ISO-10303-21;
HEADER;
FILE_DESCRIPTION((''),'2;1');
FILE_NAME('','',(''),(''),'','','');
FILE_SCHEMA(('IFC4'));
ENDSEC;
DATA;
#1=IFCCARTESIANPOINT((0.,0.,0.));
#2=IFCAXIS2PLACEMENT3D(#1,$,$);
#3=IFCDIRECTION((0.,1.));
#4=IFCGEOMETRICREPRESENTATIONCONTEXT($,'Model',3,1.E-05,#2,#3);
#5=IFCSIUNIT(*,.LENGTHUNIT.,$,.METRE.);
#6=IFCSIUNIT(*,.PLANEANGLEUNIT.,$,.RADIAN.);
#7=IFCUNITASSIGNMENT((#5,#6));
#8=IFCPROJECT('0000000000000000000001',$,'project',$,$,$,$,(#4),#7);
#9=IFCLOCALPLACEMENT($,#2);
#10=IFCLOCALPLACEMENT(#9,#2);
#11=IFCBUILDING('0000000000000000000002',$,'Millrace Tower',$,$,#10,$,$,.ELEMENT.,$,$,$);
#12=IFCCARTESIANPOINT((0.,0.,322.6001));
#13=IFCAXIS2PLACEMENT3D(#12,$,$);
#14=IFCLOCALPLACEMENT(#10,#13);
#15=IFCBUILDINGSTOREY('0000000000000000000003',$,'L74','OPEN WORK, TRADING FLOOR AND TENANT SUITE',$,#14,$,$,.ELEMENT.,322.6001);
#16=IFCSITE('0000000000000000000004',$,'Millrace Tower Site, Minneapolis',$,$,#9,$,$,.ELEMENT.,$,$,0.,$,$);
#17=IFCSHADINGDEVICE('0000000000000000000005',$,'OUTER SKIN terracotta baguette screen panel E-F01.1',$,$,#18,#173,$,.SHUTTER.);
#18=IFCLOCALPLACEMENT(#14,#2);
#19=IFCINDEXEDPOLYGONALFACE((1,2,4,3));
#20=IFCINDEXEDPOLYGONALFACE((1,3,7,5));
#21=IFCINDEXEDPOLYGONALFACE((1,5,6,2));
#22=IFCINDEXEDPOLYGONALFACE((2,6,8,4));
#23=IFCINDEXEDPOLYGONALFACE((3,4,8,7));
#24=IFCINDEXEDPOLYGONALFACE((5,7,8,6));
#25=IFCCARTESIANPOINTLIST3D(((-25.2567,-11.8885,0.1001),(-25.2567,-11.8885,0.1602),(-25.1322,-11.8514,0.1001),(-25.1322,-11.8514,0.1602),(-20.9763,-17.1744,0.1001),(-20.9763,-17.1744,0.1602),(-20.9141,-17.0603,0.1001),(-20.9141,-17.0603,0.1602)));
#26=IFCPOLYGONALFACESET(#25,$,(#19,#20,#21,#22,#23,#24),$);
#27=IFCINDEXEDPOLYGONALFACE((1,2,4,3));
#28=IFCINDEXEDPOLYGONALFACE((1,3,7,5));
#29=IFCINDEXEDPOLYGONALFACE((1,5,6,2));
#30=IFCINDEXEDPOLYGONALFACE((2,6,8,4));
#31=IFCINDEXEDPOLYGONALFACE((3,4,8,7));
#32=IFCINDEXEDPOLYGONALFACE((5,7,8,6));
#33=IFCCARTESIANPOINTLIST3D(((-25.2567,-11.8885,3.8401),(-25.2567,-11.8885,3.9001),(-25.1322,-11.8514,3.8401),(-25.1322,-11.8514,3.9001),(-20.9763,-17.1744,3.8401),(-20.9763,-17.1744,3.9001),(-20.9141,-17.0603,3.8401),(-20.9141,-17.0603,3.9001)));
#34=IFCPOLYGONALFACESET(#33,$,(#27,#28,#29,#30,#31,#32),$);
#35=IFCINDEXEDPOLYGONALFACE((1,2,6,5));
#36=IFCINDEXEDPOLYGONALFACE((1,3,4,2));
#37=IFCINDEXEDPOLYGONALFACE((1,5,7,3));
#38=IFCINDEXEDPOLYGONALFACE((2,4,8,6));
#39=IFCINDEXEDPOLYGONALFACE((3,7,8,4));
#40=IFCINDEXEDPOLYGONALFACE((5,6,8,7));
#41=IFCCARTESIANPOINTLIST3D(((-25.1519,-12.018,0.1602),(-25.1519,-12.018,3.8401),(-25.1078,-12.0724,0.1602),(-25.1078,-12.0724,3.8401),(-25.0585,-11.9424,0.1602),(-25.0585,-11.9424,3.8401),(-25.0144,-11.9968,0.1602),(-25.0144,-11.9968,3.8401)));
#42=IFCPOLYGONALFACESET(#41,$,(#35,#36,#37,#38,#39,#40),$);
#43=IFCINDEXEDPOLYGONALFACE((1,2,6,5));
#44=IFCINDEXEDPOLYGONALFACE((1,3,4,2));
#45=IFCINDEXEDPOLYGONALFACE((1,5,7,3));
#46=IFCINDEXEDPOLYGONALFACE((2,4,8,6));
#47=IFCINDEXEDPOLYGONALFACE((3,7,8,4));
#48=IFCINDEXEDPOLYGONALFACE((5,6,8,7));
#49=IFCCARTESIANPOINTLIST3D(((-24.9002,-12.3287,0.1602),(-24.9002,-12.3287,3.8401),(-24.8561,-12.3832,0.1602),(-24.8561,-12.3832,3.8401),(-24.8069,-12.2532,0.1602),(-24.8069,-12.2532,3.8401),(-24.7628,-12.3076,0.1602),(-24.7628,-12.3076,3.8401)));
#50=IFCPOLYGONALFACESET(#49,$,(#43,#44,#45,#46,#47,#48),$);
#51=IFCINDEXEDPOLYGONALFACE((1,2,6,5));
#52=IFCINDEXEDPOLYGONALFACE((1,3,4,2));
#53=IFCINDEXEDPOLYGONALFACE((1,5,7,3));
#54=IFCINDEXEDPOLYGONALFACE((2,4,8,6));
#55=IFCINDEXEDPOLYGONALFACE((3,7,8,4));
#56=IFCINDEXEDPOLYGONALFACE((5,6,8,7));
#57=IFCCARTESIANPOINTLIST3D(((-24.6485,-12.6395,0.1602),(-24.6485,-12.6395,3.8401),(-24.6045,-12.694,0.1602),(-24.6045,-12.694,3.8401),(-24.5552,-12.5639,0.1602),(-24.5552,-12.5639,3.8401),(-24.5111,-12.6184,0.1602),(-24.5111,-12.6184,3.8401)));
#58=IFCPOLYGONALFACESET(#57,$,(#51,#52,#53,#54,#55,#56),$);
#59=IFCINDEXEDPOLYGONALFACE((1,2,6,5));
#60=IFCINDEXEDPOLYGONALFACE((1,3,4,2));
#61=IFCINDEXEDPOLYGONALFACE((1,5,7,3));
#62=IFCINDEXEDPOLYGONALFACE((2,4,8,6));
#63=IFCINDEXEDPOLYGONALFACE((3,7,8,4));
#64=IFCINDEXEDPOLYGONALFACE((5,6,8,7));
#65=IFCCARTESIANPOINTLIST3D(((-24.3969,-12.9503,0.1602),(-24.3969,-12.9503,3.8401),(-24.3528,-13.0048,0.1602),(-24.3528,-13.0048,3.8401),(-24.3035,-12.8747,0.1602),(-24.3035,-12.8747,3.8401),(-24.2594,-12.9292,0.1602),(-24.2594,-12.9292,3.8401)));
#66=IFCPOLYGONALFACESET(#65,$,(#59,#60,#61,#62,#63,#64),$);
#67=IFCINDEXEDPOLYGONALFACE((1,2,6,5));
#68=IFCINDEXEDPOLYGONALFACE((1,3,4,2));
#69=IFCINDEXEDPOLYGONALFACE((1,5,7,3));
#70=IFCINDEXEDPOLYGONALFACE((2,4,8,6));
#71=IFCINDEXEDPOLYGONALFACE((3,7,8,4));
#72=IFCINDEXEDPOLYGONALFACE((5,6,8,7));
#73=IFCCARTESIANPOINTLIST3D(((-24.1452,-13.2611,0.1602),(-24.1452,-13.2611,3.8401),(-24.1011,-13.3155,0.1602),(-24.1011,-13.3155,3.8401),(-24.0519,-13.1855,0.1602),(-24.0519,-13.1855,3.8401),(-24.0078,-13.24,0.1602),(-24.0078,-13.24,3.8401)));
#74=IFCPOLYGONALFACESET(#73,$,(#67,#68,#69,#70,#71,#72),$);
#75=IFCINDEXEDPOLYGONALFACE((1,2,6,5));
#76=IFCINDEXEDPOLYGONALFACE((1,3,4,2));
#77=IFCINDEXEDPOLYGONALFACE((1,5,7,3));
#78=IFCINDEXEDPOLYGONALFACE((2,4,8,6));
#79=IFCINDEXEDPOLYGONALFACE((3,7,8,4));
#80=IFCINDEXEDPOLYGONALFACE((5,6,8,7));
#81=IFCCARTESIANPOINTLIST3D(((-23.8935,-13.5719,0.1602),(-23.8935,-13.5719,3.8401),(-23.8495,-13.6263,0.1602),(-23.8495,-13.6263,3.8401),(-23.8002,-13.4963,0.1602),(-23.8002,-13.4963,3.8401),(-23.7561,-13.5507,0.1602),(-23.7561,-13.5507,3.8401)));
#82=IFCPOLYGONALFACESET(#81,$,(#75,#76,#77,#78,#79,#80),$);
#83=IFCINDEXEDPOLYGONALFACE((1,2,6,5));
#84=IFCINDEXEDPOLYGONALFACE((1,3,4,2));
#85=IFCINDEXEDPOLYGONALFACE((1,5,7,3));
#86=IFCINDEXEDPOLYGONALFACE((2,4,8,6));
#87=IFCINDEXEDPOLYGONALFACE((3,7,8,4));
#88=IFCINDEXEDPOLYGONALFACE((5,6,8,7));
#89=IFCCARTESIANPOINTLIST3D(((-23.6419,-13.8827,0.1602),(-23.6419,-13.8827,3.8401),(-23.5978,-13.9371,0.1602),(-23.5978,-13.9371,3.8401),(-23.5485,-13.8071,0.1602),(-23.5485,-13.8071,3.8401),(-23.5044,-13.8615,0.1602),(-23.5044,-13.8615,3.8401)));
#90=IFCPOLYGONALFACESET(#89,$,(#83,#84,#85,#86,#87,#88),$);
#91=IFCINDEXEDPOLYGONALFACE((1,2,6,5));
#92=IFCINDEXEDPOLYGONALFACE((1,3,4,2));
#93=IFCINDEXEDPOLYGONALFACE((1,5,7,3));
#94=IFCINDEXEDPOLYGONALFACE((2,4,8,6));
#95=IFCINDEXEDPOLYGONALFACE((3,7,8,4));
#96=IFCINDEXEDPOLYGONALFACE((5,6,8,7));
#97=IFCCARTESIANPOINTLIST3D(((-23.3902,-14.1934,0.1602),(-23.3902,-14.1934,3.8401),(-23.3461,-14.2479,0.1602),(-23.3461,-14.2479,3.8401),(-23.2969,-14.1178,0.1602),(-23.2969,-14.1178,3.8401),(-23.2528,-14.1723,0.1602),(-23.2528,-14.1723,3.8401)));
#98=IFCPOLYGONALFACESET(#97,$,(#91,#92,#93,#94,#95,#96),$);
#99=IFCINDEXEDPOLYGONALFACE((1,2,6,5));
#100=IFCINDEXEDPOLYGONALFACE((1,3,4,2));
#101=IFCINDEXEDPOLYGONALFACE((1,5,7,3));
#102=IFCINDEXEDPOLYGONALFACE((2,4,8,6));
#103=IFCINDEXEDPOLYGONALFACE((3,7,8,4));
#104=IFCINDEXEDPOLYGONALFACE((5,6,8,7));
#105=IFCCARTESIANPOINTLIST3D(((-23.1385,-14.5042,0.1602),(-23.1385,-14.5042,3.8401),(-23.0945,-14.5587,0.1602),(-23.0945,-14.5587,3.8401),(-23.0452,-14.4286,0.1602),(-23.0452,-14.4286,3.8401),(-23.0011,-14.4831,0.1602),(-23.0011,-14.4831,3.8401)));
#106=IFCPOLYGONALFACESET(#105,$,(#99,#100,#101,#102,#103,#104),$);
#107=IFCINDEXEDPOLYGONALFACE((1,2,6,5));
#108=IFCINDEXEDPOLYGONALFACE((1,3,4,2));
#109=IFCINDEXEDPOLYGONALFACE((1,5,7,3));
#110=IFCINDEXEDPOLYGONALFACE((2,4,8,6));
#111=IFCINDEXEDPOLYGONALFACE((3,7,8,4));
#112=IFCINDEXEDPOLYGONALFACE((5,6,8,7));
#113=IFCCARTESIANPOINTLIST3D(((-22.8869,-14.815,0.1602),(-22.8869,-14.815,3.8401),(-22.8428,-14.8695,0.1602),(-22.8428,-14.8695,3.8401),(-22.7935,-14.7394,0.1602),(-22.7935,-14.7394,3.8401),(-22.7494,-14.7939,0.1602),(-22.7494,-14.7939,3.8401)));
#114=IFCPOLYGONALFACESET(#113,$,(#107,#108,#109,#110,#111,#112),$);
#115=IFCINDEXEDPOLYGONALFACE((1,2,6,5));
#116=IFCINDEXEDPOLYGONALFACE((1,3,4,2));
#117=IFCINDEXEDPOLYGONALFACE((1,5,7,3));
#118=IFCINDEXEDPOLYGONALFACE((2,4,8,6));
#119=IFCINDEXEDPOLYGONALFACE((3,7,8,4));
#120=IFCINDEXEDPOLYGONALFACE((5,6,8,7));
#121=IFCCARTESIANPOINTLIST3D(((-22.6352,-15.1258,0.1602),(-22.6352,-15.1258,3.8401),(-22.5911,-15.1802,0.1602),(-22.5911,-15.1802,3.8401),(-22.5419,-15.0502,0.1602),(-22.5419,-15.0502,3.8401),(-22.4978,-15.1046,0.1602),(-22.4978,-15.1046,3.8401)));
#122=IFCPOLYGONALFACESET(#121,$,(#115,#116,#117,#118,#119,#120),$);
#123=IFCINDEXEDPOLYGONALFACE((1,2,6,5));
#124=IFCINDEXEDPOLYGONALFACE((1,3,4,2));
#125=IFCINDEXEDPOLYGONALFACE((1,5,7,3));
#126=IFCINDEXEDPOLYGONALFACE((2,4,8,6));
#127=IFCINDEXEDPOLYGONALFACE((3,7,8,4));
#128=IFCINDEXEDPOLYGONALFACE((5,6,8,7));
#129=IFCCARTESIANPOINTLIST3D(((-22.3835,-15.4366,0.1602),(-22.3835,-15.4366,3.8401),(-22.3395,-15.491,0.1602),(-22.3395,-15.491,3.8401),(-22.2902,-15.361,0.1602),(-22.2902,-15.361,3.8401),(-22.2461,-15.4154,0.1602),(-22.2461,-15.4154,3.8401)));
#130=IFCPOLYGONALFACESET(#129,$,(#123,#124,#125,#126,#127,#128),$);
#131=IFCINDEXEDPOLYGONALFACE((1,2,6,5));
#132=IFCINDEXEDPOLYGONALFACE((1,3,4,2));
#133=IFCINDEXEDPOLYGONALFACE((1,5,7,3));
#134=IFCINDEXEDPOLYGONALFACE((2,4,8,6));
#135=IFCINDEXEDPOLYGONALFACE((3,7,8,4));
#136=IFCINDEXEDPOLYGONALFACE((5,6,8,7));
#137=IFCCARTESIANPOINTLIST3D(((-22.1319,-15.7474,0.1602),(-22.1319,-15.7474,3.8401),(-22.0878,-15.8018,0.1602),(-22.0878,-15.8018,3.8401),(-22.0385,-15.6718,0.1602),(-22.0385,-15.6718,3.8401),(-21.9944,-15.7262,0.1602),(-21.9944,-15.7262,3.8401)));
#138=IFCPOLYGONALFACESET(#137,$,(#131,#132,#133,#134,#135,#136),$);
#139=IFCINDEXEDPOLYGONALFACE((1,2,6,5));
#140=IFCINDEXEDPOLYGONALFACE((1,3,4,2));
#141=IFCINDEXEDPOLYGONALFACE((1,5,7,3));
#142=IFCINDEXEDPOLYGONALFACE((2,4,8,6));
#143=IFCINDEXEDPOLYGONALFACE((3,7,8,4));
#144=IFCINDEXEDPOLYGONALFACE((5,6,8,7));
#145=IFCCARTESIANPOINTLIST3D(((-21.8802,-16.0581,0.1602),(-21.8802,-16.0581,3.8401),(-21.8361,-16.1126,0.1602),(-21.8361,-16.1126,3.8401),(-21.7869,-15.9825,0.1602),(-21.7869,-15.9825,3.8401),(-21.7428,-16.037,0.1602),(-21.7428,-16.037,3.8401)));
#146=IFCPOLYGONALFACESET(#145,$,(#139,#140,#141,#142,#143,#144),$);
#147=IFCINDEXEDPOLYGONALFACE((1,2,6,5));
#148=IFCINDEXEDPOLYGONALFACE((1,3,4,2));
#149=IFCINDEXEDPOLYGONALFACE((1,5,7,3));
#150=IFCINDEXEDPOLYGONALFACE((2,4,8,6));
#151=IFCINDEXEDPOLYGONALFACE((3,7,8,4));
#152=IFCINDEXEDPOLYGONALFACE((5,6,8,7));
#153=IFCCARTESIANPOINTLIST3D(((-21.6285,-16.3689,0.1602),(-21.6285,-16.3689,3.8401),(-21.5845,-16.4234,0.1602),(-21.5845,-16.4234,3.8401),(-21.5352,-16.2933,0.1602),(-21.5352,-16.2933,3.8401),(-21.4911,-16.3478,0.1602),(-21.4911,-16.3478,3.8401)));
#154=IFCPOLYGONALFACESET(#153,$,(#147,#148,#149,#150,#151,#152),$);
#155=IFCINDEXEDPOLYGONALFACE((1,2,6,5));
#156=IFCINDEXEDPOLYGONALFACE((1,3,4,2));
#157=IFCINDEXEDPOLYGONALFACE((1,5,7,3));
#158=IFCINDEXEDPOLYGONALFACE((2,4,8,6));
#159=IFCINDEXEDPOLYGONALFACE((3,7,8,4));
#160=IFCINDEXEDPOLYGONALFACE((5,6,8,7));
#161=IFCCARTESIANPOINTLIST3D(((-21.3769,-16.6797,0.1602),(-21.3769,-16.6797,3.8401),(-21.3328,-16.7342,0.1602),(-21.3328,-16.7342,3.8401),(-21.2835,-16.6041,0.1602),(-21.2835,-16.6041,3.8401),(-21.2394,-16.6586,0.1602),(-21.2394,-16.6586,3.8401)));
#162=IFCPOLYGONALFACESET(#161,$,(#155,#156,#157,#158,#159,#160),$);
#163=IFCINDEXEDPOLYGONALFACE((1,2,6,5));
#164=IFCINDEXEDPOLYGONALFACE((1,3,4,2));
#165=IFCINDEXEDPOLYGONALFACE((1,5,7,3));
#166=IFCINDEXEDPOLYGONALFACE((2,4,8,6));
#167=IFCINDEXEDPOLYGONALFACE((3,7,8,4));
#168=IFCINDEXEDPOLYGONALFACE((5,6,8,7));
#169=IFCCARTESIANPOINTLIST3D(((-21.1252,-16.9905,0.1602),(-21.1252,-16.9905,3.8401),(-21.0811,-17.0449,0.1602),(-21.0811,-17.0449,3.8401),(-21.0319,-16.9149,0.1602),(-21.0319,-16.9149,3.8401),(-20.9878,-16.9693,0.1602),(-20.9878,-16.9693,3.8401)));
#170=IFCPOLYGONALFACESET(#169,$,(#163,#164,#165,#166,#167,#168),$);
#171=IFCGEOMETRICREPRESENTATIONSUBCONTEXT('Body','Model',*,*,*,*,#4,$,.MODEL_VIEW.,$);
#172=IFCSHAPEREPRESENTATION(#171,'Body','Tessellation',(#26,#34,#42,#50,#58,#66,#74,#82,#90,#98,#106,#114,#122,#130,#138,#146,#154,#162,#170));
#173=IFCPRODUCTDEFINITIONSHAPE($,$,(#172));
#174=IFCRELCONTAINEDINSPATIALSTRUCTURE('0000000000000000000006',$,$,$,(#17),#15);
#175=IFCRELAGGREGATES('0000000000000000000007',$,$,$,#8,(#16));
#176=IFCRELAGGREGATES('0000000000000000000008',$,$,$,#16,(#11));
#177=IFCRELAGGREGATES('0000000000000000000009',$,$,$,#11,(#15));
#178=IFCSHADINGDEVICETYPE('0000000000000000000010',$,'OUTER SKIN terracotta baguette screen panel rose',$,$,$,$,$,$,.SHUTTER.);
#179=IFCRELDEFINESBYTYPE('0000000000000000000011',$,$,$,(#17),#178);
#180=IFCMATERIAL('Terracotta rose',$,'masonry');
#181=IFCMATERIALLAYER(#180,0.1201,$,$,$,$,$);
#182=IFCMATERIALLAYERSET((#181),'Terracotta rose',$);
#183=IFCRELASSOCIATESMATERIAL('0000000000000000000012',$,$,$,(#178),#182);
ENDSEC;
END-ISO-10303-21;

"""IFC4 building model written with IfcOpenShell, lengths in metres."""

from ifc_helpers import new_model, entity, si_unit, direction, frame, frame_2d, origin, origin_2d, place, context, subcontext, project, spatial, rectangle, extrude, source, transform, mapped, material, layer, layer_set, type_object, element, save


model = new_model("IFC4")

# Units and contexts
model_context = context("Model", 3, precision=1e-05, world=origin(), true_north=direction((0.0, 1.0)))
body_context = subcontext(model_context, "Body", "Model", "MODEL_VIEW")
ifc_project = project(units=[si_unit("LENGTHUNIT", "METRE"), si_unit("PLANEANGLEUNIT", "RADIAN")], contexts=[model_context])

# Site, building, storey
site_placement = place(None, origin())
site = spatial("IfcSite", under=ifc_project, at=site_placement, Name="Millrace Tower Site, Minneapolis", CompositionType="ELEMENT", RefElevation=0.0)
building_placement = place(site_placement, origin())
building = spatial("IfcBuilding", under=site, at=building_placement, Name="Millrace Tower", CompositionType="ELEMENT")
storey_placement = place(building_placement, frame((0.0, 0.0, 322.6001)))
storey = spatial("IfcBuildingStorey", under=building, at=storey_placement, Name="L74", Description="OPEN WORK, TRADING FLOOR AND TENANT SUITE", CompositionType="ELEMENT", Elevation=322.6001)

# Shading device
ifc_material_1 = material(Name="Terracotta rose", Category="masonry")
ifc_layer_1 = layer(ifc_material_1, 0.1201)
ifc_layer_set_1 = layer_set([ifc_layer_1], Name="Terracotta rose")
shading_device_type = type_object("IfcShadingDeviceType", Name="OUTER SKIN terracotta baguette screen panel rose", PredefinedType="SHUTTER", material=ifc_layer_set_1)
cartesian_point_1 = entity("IfcCartesianPoint", [-3.3513, 0.0601])
shared_polyline_1 = entity("IfcPolyline", [cartesian_point_1, entity("IfcCartesianPoint", [3.3513, 0.0601]), entity("IfcCartesianPoint", [3.4009, -0.0601]), entity("IfcCartesianPoint", [-3.4009, -0.0601]), cartesian_point_1])
shared_shape_1 = source(origin(), body_context, "Body", "SweptSolid", [
    entity("IfcExtrudedAreaSolid", entity("IfcArbitraryClosedProfileDef", "AREA", None, shared_polyline_1), entity("IfcAxis2Placement3D", entity("IfcCartesianPoint", [0.0, 0.0, 0.0])), entity("IfcDirection", [0.0, 0.0, 1.0]), 0.0601),
    entity("IfcExtrudedAreaSolid", entity("IfcArbitraryClosedProfileDef", "AREA", None, shared_polyline_1), entity("IfcAxis2Placement3D", entity("IfcCartesianPoint", [0.0, 0.0, 3.74])), entity("IfcDirection", [0.0, 0.0, 1.0]), 0.0601),
    extrude(rectangle(XDim=0.0701, YDim=0.1201, at=frame_2d((-3.1992, 0.0))), frame((0.0, 0.0, 0.0601)), (0.0, 0.0, 1.0), 3.6799),
    extrude(rectangle(XDim=0.0701, YDim=0.1201, at=frame_2d((-2.7993, 0.0))), frame((0.0, 0.0, 0.0601)), (0.0, 0.0, 1.0), 3.6799),
    extrude(rectangle(XDim=0.0701, YDim=0.1201, at=frame_2d((-2.3994, 0.0))), frame((0.0, 0.0, 0.0601)), (0.0, 0.0, 1.0), 3.6799),
    extrude(rectangle(XDim=0.0701, YDim=0.1201, at=frame_2d((-1.9995, 0.0))), frame((0.0, 0.0, 0.0601)), (0.0, 0.0, 1.0), 3.6799),
    extrude(rectangle(XDim=0.0701, YDim=0.1201, at=frame_2d((-1.5996, 0.0))), frame((0.0, 0.0, 0.0601)), (0.0, 0.0, 1.0), 3.6799),
    extrude(rectangle(XDim=0.0701, YDim=0.1201, at=frame_2d((-1.1997, 0.0))), frame((0.0, 0.0, 0.0601)), (0.0, 0.0, 1.0), 3.6799),
    extrude(rectangle(XDim=0.0701, YDim=0.1201, at=frame_2d((-0.7998, 0.0))), frame((0.0, 0.0, 0.0601)), (0.0, 0.0, 1.0), 3.6799),
    extrude(rectangle(XDim=0.0701, YDim=0.1201, at=frame_2d((-0.3999, 0.0))), frame((0.0, 0.0, 0.0601)), (0.0, 0.0, 1.0), 3.6799),
    extrude(rectangle(XDim=0.0701, YDim=0.1201, at=origin_2d()), frame((0.0, 0.0, 0.0601)), (0.0, 0.0, 1.0), 3.6799),
    extrude(rectangle(XDim=0.0701, YDim=0.1201, at=frame_2d((0.3999, 0.0))), frame((0.0, 0.0, 0.0601)), (0.0, 0.0, 1.0), 3.6799),
    extrude(rectangle(XDim=0.0701, YDim=0.1201, at=frame_2d((0.7998, 0.0))), frame((0.0, 0.0, 0.0601)), (0.0, 0.0, 1.0), 3.6799),
    extrude(rectangle(XDim=0.0701, YDim=0.1201, at=frame_2d((1.1997, 0.0))), frame((0.0, 0.0, 0.0601)), (0.0, 0.0, 1.0), 3.6799),
    extrude(rectangle(XDim=0.0701, YDim=0.1201, at=frame_2d((1.5996, 0.0))), frame((0.0, 0.0, 0.0601)), (0.0, 0.0, 1.0), 3.6799),
    extrude(rectangle(XDim=0.0701, YDim=0.1201, at=frame_2d((1.9995, 0.0))), frame((0.0, 0.0, 0.0601)), (0.0, 0.0, 1.0), 3.6799),
    extrude(rectangle(XDim=0.0701, YDim=0.1201, at=frame_2d((2.3994, 0.0))), frame((0.0, 0.0, 0.0601)), (0.0, 0.0, 1.0), 3.6799),
    extrude(rectangle(XDim=0.0701, YDim=0.1201, at=frame_2d((2.7993, 0.0))), frame((0.0, 0.0, 0.0601)), (0.0, 0.0, 1.0), 3.6799),
    extrude(rectangle(XDim=0.0701, YDim=0.1201, at=frame_2d((3.1992, 0.0))), frame((0.0, 0.0, 0.0601)), (0.0, 0.0, 1.0), 3.6799),
])
shading_device_1_placement = place(storey_placement, frame((-23.0698, -14.4937, 0.1001), z_axis=(0.0, 0.0, 1.0), x_axis=(0.62932, -0.777146, 0.0)))
element("IfcShadingDevice", 1, at=shading_device_1_placement, inside=storey, type_object=shading_device_type, Name="OUTER SKIN terracotta baguette screen panel E-F01.1", PredefinedType="SHUTTER", context=body_context, shape_type="MappedRepresentation", body=[
    mapped(shared_shape_1, transform((0.0, 0.0, 0.0), scale=1.0)),
])

save(model, "model.ifc")
